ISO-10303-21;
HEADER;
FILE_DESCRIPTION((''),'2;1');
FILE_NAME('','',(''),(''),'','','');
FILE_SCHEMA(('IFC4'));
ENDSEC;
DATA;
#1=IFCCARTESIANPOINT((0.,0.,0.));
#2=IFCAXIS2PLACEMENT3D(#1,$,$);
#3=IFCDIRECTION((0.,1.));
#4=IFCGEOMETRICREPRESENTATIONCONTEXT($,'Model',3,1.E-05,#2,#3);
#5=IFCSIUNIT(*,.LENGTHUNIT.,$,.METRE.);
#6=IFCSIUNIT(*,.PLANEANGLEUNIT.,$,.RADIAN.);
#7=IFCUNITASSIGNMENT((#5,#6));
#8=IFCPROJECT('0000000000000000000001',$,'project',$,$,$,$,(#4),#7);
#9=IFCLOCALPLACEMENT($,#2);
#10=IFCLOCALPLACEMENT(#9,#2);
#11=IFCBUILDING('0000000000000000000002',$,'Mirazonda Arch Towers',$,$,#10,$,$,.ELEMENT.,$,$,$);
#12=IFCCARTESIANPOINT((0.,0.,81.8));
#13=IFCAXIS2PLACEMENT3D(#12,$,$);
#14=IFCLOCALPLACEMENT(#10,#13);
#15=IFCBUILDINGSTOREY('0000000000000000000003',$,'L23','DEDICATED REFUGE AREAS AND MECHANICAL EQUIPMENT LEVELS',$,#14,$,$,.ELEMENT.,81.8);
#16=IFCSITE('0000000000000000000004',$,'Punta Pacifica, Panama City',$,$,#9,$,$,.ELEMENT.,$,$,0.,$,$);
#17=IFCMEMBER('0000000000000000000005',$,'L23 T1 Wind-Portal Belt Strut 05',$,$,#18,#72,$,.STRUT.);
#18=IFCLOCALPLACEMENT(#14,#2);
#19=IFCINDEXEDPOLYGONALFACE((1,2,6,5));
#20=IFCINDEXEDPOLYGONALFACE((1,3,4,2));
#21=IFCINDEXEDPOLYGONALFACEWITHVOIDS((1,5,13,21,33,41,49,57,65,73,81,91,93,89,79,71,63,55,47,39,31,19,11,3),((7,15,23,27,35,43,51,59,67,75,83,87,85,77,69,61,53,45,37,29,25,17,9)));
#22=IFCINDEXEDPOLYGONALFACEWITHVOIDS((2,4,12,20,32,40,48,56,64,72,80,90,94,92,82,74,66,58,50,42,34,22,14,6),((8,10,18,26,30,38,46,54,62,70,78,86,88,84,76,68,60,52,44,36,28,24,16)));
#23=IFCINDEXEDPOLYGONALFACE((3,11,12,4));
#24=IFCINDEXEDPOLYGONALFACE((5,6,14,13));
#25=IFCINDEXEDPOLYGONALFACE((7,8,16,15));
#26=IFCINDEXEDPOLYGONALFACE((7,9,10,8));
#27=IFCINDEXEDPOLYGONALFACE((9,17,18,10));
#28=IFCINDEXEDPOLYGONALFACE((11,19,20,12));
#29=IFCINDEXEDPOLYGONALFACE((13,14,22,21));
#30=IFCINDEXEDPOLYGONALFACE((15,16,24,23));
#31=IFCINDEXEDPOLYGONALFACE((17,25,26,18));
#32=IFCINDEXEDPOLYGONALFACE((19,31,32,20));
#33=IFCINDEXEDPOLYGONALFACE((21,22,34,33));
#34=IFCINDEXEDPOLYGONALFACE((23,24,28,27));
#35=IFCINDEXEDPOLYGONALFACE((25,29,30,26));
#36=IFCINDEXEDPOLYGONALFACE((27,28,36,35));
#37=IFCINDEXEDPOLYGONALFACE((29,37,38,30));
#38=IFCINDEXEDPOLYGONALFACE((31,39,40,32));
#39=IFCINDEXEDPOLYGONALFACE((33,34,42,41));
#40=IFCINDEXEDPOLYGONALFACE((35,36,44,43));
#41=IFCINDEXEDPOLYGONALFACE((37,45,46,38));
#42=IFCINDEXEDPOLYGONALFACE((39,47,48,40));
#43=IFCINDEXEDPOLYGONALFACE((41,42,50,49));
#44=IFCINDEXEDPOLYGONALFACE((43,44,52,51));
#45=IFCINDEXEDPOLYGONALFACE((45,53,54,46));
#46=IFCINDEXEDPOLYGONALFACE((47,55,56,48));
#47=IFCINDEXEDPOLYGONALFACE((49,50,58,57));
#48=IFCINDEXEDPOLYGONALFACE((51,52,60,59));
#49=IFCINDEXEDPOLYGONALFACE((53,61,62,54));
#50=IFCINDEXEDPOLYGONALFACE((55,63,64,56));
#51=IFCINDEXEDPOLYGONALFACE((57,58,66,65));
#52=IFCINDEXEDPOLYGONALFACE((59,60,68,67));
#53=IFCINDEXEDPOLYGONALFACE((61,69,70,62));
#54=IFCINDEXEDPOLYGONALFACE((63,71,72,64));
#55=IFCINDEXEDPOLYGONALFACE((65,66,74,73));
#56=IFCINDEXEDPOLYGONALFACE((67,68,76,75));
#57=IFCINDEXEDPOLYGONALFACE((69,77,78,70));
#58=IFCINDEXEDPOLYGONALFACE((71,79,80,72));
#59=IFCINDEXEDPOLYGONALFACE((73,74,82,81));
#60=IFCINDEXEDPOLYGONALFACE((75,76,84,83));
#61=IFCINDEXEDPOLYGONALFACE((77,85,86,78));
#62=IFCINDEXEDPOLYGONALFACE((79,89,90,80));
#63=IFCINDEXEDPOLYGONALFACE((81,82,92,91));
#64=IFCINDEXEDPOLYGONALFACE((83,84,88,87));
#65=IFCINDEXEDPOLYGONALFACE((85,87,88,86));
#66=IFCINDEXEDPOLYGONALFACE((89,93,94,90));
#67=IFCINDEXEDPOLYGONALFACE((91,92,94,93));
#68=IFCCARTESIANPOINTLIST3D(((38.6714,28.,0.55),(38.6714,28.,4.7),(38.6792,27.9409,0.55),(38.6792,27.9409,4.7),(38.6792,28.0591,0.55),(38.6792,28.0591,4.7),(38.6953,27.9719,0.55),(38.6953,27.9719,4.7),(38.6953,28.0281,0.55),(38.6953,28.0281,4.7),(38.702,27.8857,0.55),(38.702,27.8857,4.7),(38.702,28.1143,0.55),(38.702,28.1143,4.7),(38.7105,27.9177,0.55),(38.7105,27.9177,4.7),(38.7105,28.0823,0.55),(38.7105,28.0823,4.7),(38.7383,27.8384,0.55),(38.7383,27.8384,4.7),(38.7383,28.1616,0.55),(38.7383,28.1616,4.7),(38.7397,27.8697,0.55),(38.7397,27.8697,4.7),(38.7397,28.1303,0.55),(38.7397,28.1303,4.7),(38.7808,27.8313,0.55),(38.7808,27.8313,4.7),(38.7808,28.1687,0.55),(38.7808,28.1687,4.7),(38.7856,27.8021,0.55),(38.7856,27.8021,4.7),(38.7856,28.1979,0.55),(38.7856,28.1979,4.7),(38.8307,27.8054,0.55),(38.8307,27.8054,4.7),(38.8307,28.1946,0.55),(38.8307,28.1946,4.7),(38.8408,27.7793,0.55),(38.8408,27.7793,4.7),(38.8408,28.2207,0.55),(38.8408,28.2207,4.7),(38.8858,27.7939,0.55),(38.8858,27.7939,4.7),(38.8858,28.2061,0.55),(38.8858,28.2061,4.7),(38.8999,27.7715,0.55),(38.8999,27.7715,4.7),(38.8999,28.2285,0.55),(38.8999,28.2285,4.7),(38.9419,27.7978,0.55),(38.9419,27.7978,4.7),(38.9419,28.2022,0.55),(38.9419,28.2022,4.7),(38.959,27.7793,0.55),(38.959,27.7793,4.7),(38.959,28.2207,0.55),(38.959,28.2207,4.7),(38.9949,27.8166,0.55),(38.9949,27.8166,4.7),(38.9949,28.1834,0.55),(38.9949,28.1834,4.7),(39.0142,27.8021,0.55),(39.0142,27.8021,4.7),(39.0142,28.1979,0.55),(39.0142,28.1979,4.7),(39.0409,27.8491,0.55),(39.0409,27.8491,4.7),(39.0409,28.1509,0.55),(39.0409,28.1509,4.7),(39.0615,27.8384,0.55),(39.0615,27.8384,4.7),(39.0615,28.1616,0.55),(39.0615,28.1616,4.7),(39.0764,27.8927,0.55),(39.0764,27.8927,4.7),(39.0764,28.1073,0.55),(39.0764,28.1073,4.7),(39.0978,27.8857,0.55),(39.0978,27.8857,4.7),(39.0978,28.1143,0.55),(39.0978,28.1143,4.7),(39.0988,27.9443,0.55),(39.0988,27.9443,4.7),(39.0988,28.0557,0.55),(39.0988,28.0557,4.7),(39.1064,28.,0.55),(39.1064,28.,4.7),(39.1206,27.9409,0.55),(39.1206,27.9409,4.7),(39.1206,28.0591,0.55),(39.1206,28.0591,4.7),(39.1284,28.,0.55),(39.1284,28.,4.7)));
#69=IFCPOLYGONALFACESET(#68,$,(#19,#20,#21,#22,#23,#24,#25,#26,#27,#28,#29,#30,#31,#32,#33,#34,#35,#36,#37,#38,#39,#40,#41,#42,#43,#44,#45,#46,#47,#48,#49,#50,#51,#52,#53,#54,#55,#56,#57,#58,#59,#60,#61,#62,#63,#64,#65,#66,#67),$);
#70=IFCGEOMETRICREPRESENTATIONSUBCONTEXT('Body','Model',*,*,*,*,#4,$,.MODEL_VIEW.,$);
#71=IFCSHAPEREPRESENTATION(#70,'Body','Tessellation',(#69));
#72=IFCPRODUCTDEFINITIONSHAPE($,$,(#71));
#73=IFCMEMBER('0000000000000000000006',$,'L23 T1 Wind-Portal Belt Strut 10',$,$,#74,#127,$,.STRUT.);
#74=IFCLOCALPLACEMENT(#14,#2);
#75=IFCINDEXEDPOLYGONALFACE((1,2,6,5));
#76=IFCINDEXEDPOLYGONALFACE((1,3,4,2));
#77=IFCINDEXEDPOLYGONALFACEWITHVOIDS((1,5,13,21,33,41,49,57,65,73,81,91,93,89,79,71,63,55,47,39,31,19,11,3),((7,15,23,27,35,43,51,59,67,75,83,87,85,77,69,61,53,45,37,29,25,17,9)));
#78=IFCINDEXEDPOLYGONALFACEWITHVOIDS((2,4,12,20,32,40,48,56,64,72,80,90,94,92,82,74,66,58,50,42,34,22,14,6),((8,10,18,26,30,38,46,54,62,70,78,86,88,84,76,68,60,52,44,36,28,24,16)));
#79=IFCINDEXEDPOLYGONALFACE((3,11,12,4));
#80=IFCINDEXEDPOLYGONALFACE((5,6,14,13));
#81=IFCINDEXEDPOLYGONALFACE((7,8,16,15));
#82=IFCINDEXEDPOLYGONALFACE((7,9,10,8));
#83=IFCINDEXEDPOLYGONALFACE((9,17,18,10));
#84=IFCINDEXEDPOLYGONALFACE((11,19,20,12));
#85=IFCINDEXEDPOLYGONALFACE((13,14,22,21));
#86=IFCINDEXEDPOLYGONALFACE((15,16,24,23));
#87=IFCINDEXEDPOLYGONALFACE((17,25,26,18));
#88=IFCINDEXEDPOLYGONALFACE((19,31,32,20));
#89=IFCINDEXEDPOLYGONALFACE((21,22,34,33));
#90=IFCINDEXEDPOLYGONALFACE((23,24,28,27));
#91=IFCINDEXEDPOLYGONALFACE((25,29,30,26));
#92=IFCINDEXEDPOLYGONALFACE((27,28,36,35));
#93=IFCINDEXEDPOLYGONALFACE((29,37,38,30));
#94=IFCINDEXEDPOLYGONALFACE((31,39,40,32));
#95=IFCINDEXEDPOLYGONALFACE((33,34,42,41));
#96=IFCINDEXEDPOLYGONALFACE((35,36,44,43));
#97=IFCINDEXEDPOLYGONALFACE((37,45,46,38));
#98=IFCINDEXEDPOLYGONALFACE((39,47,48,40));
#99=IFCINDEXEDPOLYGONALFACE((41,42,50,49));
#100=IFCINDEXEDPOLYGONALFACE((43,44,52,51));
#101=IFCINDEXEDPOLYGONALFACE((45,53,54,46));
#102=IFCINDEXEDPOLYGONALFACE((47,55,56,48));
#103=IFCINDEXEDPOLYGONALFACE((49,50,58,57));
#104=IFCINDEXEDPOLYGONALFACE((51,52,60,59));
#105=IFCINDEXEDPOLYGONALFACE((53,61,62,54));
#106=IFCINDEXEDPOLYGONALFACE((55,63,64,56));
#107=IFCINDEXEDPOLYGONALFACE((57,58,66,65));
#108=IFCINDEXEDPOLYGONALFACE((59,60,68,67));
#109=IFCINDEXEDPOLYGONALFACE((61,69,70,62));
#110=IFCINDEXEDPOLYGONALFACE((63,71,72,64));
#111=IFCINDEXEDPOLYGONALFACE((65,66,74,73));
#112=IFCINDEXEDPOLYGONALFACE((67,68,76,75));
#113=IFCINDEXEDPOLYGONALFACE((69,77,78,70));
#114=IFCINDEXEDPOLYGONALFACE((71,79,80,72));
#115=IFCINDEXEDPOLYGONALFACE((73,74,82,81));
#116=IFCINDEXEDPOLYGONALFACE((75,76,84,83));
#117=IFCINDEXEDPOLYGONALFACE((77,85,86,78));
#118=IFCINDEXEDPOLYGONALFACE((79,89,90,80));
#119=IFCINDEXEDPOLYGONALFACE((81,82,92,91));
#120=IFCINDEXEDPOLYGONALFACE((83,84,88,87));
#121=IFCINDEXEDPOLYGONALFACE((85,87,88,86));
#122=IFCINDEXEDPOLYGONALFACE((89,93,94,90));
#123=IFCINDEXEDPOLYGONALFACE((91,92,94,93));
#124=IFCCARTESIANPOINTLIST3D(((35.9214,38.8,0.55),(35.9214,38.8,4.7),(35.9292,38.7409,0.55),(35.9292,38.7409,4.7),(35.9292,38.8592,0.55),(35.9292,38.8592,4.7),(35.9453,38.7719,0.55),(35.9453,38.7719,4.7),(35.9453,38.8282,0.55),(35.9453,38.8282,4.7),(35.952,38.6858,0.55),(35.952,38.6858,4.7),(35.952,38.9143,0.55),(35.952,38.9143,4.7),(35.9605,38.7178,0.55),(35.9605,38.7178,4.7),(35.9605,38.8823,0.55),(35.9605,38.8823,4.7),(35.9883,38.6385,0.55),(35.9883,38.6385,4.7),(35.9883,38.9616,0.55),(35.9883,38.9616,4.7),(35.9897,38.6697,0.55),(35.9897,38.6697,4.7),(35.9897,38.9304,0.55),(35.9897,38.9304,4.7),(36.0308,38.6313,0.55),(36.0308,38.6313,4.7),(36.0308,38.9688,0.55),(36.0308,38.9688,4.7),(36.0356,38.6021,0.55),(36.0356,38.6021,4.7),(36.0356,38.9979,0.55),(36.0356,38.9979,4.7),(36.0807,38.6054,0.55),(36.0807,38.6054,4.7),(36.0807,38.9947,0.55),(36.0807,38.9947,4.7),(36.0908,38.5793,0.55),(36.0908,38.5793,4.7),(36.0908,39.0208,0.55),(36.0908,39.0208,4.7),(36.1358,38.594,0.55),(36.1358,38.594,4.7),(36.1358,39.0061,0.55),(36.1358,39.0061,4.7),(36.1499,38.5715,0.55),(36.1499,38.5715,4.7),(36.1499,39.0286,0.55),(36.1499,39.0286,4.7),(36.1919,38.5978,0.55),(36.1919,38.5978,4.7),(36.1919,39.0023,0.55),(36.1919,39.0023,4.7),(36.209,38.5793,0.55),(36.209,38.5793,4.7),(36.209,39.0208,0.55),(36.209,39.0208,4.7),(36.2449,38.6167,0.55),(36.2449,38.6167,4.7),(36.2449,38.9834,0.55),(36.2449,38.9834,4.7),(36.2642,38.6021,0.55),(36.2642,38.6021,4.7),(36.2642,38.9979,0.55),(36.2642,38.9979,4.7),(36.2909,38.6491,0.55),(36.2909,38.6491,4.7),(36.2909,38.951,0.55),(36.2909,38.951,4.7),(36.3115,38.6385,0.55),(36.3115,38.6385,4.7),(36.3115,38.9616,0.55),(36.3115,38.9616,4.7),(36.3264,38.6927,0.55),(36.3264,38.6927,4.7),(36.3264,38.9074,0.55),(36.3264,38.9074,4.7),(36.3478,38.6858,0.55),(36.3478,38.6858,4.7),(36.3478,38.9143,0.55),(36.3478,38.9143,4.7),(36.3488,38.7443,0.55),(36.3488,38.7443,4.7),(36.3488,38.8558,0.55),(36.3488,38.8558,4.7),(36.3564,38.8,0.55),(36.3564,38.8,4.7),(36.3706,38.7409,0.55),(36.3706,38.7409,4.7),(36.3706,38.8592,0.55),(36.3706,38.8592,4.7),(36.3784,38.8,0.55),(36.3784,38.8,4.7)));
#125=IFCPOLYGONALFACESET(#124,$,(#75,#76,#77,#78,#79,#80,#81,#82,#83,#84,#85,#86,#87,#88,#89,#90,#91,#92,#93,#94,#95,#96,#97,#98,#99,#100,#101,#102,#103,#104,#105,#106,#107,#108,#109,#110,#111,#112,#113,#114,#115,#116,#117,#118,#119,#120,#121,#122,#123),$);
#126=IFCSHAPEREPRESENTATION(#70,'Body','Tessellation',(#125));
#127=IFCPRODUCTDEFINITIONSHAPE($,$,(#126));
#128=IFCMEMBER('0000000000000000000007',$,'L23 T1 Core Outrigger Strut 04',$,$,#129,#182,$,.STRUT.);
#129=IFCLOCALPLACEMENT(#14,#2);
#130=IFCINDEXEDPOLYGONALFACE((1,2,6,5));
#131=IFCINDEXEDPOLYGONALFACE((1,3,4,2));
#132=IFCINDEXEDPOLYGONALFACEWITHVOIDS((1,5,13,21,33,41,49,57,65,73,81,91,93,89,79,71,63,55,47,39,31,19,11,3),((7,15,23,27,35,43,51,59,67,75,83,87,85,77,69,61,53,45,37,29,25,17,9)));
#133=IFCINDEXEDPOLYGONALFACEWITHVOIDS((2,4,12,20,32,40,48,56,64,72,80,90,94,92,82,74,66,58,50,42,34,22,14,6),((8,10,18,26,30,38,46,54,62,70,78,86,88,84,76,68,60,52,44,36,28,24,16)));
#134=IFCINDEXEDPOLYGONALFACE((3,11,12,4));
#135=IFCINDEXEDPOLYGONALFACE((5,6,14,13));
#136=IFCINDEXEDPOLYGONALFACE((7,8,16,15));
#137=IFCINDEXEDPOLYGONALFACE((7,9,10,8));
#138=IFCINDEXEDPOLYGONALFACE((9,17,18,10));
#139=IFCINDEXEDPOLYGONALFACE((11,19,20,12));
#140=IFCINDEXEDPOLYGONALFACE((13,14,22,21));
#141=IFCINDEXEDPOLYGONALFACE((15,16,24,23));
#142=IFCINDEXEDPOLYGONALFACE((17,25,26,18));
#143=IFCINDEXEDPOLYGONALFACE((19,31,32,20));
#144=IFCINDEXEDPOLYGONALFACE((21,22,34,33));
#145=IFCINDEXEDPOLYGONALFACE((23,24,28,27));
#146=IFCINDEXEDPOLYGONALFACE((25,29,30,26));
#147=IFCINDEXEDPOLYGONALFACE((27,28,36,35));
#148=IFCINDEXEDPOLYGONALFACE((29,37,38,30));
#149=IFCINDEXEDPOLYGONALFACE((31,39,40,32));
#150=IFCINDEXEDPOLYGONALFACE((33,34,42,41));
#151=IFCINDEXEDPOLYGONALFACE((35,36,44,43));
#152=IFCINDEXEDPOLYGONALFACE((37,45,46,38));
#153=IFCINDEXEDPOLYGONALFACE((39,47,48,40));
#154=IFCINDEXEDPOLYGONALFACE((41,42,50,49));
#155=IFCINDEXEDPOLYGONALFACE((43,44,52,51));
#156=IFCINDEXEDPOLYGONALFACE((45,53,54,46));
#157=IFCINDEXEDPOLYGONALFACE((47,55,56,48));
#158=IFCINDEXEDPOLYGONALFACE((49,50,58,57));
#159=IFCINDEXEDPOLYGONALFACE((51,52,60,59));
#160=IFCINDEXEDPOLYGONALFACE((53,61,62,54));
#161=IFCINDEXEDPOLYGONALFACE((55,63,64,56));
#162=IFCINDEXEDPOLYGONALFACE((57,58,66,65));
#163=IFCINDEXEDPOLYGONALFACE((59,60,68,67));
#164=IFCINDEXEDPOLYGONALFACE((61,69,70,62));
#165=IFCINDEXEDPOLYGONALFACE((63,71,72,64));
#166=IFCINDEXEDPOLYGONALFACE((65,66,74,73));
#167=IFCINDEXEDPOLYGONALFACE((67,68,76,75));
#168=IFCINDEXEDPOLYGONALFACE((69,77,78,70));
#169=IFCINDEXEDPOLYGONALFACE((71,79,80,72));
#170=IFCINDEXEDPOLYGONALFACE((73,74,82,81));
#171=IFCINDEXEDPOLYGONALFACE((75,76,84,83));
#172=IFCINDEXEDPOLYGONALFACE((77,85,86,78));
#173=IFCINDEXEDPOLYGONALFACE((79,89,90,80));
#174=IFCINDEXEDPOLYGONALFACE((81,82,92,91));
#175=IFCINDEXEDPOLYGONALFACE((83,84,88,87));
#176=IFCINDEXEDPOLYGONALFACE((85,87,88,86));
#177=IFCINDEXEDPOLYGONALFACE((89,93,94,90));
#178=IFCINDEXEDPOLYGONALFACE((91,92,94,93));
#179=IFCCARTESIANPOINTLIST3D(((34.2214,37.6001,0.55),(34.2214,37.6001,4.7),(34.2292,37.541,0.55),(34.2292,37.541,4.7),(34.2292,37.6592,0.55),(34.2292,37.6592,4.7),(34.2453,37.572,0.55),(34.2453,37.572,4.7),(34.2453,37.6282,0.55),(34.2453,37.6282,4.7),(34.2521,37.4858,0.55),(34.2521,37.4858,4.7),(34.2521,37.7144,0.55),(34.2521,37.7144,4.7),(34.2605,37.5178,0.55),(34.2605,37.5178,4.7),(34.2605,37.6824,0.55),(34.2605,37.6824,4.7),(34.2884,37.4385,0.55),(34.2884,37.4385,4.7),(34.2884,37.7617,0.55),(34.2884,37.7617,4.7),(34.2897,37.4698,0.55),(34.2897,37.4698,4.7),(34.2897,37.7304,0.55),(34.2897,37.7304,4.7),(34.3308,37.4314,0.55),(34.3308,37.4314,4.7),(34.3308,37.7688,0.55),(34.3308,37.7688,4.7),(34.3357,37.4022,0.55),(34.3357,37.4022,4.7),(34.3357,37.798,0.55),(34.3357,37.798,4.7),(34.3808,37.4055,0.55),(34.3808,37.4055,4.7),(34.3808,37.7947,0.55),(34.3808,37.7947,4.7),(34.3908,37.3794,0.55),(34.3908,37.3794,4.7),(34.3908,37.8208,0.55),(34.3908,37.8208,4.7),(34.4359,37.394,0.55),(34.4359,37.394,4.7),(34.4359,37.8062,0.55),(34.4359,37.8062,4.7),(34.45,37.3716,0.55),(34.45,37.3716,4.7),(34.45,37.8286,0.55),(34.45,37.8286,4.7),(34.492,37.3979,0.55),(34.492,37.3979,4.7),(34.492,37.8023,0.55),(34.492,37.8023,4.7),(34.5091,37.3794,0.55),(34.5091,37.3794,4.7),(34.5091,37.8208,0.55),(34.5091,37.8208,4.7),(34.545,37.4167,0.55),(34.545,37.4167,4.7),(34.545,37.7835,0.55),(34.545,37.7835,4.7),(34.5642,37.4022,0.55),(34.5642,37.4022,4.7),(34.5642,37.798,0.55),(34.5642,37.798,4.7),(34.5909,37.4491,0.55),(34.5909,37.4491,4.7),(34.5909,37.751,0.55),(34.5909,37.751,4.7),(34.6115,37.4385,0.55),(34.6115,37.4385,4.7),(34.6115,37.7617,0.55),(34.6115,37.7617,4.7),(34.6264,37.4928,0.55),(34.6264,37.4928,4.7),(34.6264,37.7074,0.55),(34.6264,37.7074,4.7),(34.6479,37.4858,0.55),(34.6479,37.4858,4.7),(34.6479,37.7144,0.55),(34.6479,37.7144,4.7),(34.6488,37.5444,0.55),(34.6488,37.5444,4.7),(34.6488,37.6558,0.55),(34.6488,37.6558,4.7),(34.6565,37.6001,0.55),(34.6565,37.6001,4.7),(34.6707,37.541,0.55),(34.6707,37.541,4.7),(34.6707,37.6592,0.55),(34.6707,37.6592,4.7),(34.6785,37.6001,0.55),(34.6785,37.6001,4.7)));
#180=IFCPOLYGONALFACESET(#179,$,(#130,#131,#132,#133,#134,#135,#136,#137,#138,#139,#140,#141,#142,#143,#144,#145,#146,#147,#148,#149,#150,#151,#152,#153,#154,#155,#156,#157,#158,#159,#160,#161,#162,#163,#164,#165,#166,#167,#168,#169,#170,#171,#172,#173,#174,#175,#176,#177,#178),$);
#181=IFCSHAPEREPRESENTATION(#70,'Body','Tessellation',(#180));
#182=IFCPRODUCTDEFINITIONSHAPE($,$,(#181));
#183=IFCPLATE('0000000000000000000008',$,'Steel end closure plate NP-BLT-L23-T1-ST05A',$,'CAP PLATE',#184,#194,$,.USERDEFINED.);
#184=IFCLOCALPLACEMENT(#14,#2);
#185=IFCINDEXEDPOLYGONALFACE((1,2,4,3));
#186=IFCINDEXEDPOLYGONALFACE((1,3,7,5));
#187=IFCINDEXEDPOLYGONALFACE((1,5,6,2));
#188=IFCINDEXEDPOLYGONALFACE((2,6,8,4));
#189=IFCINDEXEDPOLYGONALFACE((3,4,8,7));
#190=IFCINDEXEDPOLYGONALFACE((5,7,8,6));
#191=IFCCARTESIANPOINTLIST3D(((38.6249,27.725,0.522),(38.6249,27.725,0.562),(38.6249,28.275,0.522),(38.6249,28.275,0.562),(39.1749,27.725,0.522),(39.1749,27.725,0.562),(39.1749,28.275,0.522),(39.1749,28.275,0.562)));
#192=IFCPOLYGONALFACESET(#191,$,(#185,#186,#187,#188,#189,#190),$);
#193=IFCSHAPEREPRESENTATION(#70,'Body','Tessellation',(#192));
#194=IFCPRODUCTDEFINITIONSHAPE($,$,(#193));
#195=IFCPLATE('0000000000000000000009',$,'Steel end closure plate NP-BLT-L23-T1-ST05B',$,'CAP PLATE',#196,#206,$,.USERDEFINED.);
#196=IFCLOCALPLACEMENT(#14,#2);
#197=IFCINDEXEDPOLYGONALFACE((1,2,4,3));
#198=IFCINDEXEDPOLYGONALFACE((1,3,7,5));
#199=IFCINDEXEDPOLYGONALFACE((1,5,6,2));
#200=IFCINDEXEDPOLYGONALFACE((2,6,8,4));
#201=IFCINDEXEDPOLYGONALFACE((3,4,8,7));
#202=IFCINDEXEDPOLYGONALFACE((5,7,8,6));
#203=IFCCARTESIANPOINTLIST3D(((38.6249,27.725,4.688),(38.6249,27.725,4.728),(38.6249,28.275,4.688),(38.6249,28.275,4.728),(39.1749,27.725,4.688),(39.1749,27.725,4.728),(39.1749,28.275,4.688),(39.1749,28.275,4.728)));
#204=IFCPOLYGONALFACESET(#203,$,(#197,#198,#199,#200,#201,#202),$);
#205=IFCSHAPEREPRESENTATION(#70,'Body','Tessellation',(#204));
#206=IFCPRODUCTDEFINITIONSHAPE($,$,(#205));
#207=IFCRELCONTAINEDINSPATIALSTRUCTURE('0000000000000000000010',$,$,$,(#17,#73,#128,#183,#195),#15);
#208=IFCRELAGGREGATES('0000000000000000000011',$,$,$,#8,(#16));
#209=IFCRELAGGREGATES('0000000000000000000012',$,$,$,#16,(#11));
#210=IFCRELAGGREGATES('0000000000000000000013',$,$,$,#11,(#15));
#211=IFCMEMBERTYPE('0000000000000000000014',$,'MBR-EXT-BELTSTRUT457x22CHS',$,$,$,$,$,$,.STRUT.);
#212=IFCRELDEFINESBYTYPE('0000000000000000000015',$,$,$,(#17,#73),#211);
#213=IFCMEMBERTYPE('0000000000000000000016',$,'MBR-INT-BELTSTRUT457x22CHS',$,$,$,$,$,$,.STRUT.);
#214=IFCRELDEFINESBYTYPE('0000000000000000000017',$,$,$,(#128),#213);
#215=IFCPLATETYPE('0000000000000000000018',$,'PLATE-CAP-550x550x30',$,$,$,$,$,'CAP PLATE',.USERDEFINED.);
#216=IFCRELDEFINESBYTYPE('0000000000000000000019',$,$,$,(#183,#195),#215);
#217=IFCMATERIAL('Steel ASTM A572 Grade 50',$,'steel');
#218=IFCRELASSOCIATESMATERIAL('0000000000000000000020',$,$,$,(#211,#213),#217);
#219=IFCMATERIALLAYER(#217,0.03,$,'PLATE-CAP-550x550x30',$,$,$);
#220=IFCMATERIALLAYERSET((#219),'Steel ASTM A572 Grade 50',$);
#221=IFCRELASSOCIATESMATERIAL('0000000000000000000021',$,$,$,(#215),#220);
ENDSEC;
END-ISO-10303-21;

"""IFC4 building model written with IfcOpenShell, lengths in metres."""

from ifc_helpers import new_model, si_unit, direction, frame, origin, origin_2d, place, context, subcontext, project, spatial, rectangle, hollow_circle, extrude, material, layer, layer_set, material_profile, profile_set, type_object, element, save


model = new_model("IFC4")

# Units and contexts
model_context = context("Model", 3, precision=1e-05, world=origin(), true_north=direction((0.0, 1.0)))
body_context = subcontext(model_context, "Body", "Model", "MODEL_VIEW")
ifc_project = project(units=[si_unit("LENGTHUNIT", "METRE"), si_unit("PLANEANGLEUNIT", "RADIAN")], contexts=[model_context])

# Site, building, storey
site_placement = place(None, origin())
site = spatial("IfcSite", under=ifc_project, at=site_placement, Name="Punta Pacifica, Panama City", CompositionType="ELEMENT", RefElevation=0.0)
building_placement = place(site_placement, origin())
building = spatial("IfcBuilding", under=site, at=building_placement, Name="Mirazonda Arch Towers", CompositionType="ELEMENT")
storey_placement = place(building_placement, frame((0.0, 0.0, 81.8)))
storey = spatial("IfcBuildingStorey", under=building, at=storey_placement, Name="L23", Description="DEDICATED REFUGE AREAS AND MECHANICAL EQUIPMENT LEVELS", CompositionType="ELEMENT", Elevation=81.8)

# Shared definitions
ifc_material_1 = material(Name="Steel ASTM A572 Grade 50", Category="steel")

# Members
ifc_material_profile_1 = material_profile(ifc_material_1, hollow_circle(Radius=0.2285, WallThickness=0.022, at=origin_2d()), Name="BELTSTRUT457x22CHS")
ifc_profile_set_1 = profile_set([ifc_material_profile_1], Name="Steel ASTM A572 Grade 50")
member_type_1 = type_object("IfcMemberType", Name="MBR-EXT-BELTSTRUT457x22CHS", PredefinedType="STRUT", material=ifc_profile_set_1)
for number, where, z_axis, x_axis, name in (
    (1, (38.8999, 28.0, 0.55), (0.0, 0.0, 1.0), (1.0, 0.0, 0.0), "L23 T1 Wind-Portal Belt Strut 05"),
    (2, (36.1499, 38.8, 0.55), (0.0, 0.0, 1.0), (1.0, 0.0, 0.0), "L23 T1 Wind-Portal Belt Strut 10"),
):
    element("IfcMember", number, at=place(storey_placement, frame(where, z_axis=z_axis, x_axis=x_axis)), inside=storey, type_object=member_type_1, Name=name, PredefinedType="STRUT", context=body_context, shape_type="SweptSolid", body=[
        extrude(hollow_circle(Radius=0.2285, WallThickness=0.022, at=origin_2d()), origin(), (0.0, 0.0, 1.0), 4.1499),
    ])
ifc_material_profile_2 = material_profile(ifc_material_1, hollow_circle(Radius=0.2285, WallThickness=0.022, at=origin_2d()), Name="BELTSTRUT457x22CHS")
ifc_profile_set_2 = profile_set([ifc_material_profile_2], Name="Steel ASTM A572 Grade 50")
member_type_2 = type_object("IfcMemberType", Name="MBR-INT-BELTSTRUT457x22CHS", PredefinedType="STRUT", material=ifc_profile_set_2)
member_1_placement = place(storey_placement, frame((34.45, 37.6001, 0.55), z_axis=(0.0, 0.0, 1.0), x_axis=(1.0, 0.0, 0.0)))
element("IfcMember", 3, at=member_1_placement, inside=storey, type_object=member_type_2, Name="L23 T1 Core Outrigger Strut 04", PredefinedType="STRUT", context=body_context, shape_type="SweptSolid", body=[
    extrude(hollow_circle(Radius=0.2285, WallThickness=0.022, at=origin_2d()), origin(), (0.0, 0.0, 1.0), 4.1499),
])

# Plates
ifc_layer_1 = layer(ifc_material_1, 0.03, Name="PLATE-CAP-550x550x30")
ifc_layer_set_1 = layer_set([ifc_layer_1], Name="Steel ASTM A572 Grade 50")
plate_type_1 = type_object("IfcPlateType", Name="PLATE-CAP-550x550x30", ElementType="CAP PLATE", PredefinedType="USERDEFINED", material=ifc_layer_set_1)
for number, where, z_axis, x_axis, name in (
    (4, (38.8999, 28.0, 0.522), (0.0, 0.0, 1.0), (1.0, 0.0, 0.0), "Steel end closure plate NP-BLT-L23-T1-ST05A"),
    (5, (38.8999, 28.0, 4.688), (0.0, 0.0, 1.0), (1.0, 0.0, 0.0), "Steel end closure plate NP-BLT-L23-T1-ST05B"),
):
    element("IfcPlate", number, at=place(storey_placement, frame(where, z_axis=z_axis, x_axis=x_axis)), inside=storey, type_object=plate_type_1, Name=name, ObjectType="CAP PLATE", PredefinedType="USERDEFINED", context=body_context, shape_type="SweptSolid", body=[
        extrude(rectangle(XDim=0.55, YDim=0.55, at=origin_2d()), origin(), (0.0, 0.0, 1.0), 0.04),
    ])

save(model, "model.ifc")
